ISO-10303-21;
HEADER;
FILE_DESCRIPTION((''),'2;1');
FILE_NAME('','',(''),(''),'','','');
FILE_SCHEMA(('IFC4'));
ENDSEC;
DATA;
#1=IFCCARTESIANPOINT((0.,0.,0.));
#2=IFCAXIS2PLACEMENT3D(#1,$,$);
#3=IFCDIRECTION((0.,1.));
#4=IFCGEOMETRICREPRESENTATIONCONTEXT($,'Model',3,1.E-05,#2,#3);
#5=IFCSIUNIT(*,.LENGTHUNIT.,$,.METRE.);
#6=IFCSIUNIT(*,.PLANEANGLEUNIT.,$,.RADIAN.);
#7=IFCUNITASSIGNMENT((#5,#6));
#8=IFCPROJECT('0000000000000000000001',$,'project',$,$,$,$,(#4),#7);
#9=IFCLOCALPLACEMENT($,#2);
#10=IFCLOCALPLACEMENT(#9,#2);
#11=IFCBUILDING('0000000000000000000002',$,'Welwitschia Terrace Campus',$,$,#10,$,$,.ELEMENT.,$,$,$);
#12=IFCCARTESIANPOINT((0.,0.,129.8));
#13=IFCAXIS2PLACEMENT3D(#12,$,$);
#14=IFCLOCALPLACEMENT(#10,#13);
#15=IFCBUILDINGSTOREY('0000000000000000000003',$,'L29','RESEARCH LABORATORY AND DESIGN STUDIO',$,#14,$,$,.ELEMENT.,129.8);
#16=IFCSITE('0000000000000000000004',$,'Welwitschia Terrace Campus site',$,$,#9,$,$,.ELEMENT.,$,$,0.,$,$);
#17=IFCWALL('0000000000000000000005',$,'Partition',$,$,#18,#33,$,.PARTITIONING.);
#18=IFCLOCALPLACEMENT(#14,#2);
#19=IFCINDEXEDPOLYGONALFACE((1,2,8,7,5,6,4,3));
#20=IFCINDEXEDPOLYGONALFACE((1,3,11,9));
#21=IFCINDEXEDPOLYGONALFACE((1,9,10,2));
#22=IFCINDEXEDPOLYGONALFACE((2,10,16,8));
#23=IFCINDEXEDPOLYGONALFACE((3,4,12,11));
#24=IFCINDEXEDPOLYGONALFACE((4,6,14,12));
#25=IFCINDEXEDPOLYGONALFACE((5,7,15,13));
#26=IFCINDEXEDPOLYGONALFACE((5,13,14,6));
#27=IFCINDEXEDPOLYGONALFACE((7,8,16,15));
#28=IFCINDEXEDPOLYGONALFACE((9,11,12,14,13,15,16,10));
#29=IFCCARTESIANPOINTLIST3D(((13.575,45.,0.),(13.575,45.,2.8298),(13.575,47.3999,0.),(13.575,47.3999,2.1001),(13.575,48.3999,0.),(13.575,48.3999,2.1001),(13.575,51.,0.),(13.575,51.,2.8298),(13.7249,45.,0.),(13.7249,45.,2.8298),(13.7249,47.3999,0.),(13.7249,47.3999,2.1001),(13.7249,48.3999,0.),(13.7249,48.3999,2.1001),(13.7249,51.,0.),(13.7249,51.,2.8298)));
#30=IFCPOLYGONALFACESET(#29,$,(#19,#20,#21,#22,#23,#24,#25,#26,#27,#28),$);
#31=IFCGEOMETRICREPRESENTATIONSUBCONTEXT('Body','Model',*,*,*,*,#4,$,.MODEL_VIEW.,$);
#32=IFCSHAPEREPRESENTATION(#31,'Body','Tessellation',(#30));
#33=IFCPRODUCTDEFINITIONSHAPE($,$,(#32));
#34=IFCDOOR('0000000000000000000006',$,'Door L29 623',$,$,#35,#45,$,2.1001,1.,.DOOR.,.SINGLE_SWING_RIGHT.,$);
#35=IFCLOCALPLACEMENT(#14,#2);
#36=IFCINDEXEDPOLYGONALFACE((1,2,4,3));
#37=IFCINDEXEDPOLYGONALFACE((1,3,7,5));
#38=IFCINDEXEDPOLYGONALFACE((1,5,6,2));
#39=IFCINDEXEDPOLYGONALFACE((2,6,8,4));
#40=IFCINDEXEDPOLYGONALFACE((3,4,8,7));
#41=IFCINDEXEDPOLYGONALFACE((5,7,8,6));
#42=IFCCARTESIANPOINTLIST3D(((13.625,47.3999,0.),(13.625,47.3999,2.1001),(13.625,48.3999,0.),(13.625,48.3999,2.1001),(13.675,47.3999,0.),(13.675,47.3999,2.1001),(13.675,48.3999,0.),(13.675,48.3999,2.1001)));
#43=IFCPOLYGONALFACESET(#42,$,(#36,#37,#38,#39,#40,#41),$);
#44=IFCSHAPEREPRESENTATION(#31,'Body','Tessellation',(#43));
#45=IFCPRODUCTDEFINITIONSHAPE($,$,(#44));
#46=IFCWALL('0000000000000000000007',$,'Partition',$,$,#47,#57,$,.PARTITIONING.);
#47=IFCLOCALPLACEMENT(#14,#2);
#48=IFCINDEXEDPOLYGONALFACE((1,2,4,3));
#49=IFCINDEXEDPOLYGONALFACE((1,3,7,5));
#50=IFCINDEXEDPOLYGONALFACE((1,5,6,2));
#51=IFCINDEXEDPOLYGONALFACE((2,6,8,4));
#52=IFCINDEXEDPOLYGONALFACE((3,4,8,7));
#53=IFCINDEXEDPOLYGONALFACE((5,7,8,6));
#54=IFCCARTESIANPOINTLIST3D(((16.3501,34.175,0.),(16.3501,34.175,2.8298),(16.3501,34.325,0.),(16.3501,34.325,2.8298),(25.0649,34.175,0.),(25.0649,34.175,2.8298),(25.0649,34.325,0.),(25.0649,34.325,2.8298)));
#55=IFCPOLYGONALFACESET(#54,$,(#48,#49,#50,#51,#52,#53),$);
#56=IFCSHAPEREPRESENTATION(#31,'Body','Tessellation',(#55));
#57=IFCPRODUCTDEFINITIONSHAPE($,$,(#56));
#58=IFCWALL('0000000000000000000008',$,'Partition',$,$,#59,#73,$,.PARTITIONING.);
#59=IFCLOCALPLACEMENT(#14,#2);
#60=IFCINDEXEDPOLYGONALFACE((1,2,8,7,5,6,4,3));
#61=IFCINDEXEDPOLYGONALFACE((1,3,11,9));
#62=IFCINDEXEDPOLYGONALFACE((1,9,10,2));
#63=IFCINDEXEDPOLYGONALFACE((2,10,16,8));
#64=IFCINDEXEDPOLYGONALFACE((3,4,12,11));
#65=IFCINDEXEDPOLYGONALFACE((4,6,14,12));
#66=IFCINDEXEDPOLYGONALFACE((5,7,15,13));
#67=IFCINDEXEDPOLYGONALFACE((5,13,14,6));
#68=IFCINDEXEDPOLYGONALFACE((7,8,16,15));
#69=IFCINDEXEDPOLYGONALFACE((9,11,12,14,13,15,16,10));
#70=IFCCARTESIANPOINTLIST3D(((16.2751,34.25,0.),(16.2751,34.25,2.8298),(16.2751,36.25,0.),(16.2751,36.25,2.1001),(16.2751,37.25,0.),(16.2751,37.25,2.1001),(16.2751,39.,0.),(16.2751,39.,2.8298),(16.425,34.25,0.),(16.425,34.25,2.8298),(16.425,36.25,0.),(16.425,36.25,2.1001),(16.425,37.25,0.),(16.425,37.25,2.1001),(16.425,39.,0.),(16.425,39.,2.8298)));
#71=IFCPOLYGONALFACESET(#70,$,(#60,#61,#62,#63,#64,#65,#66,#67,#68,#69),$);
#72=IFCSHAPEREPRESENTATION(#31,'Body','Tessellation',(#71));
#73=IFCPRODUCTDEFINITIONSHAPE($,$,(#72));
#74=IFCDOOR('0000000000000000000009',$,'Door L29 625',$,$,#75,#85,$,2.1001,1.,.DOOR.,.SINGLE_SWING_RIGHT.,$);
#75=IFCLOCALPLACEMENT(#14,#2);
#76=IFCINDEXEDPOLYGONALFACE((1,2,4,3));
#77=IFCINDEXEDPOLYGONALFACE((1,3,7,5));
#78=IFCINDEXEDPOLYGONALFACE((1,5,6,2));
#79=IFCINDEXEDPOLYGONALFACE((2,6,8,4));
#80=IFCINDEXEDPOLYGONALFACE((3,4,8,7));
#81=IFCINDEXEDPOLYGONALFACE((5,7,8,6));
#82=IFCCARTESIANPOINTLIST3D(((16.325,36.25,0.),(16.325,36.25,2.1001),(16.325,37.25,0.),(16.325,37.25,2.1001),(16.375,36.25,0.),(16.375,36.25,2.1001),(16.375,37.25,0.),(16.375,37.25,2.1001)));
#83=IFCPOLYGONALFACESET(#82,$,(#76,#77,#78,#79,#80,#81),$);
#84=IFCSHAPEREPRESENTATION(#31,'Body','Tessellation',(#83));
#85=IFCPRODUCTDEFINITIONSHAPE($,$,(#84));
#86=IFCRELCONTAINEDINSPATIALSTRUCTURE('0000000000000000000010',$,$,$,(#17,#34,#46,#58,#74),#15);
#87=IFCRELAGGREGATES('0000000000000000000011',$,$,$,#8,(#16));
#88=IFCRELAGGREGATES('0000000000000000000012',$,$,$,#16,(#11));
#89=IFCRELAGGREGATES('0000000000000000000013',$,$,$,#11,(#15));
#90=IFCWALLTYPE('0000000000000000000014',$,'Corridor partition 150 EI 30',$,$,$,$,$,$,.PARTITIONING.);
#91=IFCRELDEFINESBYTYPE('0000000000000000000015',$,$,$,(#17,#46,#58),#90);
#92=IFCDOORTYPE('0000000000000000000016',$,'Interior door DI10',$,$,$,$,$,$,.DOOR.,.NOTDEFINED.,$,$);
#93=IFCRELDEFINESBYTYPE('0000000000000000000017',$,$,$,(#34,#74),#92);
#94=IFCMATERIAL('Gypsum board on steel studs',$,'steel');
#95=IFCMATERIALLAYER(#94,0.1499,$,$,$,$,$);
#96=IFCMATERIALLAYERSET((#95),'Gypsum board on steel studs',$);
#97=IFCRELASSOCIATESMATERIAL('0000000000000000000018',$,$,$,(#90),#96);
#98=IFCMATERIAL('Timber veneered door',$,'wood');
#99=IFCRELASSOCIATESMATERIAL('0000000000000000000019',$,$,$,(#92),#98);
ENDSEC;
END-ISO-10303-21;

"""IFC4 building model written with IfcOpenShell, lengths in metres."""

from ifc_helpers import new_model, si_unit, direction, frame, frame_2d, origin, place, context, subcontext, project, spatial, rectangle, extrude, material, layer, layer_set, type_object, element, fill, save


model = new_model("IFC4")

# Units and contexts
model_context = context("Model", 3, precision=1e-05, world=origin(), true_north=direction((0.0, 1.0)))
body_context = subcontext(model_context, "Body", "Model", "MODEL_VIEW")
ifc_project = project(units=[si_unit("LENGTHUNIT", "METRE"), si_unit("PLANEANGLEUNIT", "RADIAN")], contexts=[model_context])

# Site, building, storey
site_placement = place(None, origin())
site = spatial("IfcSite", under=ifc_project, at=site_placement, Name="Welwitschia Terrace Campus site", CompositionType="ELEMENT", RefElevation=0.0)
building_placement = place(site_placement, origin())
building = spatial("IfcBuilding", under=site, at=building_placement, Name="Welwitschia Terrace Campus", CompositionType="ELEMENT")
storey_placement = place(building_placement, frame((0.0, 0.0, 129.8)))
storey = spatial("IfcBuildingStorey", under=building, at=storey_placement, Name="L29", Description="RESEARCH LABORATORY AND DESIGN STUDIO", CompositionType="ELEMENT", Elevation=129.8)

# Shared definitions
ifc_material_1 = material(Name="Gypsum board on steel studs", Category="steel")
ifc_layer_1 = layer(ifc_material_1, 0.1499)
ifc_layer_set_1 = layer_set([ifc_layer_1], Name="Gypsum board on steel studs")
wall_type = type_object("IfcWallType", Name="Corridor partition 150 EI 30", PredefinedType="PARTITIONING", material=ifc_layer_set_1)

# Wall, opening, door
ifc_material_2 = material(Name="Timber veneered door", Category="wood")
door_type_1 = type_object("IfcDoorType", Name="Interior door DI10", OperationType="NOTDEFINED", PredefinedType="DOOR", material=ifc_material_2)
wall_1_placement = place(storey_placement, frame((13.6499, 45.0, 0.0), z_axis=(0.0, 0.0, 1.0), x_axis=(0.0, 1.0, 0.0)))
wall_1 = element("IfcWall", 1, at=wall_1_placement, inside=storey, type_object=wall_type, Name="Partition", PredefinedType="PARTITIONING", context=body_context, shape_type="SweptSolid", body=[
    extrude(rectangle(XDim=6.0, YDim=0.1499, at=frame_2d((3.0, 0.0))), origin(), (0.0, 0.0, 1.0), 2.8298),
])
opening_1_placement = place(wall_1_placement, frame((2.3999, 0.0, 0.0)))
opening_1 = element("IfcOpeningElement", 2, at=opening_1_placement, cuts=wall_1, PredefinedType="OPENING", context=body_context, shape_type="SweptSolid", body=[
    extrude(rectangle(XDim=1.0, YDim=2.1001, at=frame_2d((0.5, 1.05))), frame((0.0, 0.085, 0.0), z_axis=(0.0, -1.0, 0.0), x_axis=(1.0, 0.0, 0.0)), (0.0, 0.0, 1.0), 0.1699),
])
door_1_placement = place(opening_1_placement, origin())
door_1 = element("IfcDoor", 3, at=door_1_placement, inside=storey, type_object=door_type_1, Name="Door L29 623", OperationType="SINGLE_SWING_RIGHT", OverallHeight=2.1001, OverallWidth=1.0, PredefinedType="DOOR", context=body_context, shape_type="SweptSolid", body=[
    extrude(rectangle(XDim=1.0, YDim=2.1001, at=frame_2d((0.5, 1.05))), frame((0.0, 0.0249, 0.0), z_axis=(0.0, -1.0, 0.0), x_axis=(1.0, 0.0, 0.0)), (0.0, 0.0, 1.0), 0.05),
])
fill(opening_1, door_1)

# Wall
wall_2_placement = place(storey_placement, frame((16.3501, 34.25, 0.0), z_axis=(0.0, 0.0, 1.0), x_axis=(1.0, 0.0, 0.0)))
element("IfcWall", 4, at=wall_2_placement, inside=storey, type_object=wall_type, Name="Partition", PredefinedType="PARTITIONING", context=body_context, shape_type="SweptSolid", body=[
    extrude(rectangle(XDim=8.7148, YDim=0.1499, at=frame_2d((4.3574, 0.0))), origin(), (0.0, 0.0, 1.0), 2.8298),
])

# Wall, opening, door
wall_3_placement = place(storey_placement, frame((16.3501, 39.0, 0.0), z_axis=(0.0, 0.0, 1.0), x_axis=(0.0, -1.0, 0.0)))
wall_3 = element("IfcWall", 5, at=wall_3_placement, inside=storey, type_object=wall_type, Name="Partition", PredefinedType="PARTITIONING", context=body_context, shape_type="SweptSolid", body=[
    extrude(rectangle(XDim=4.75, YDim=0.1499, at=frame_2d((2.375, 0.0))), origin(), (0.0, 0.0, 1.0), 2.8298),
])
opening_2_placement = place(wall_3_placement, frame((1.75, 0.0, 0.0)))
opening_2 = element("IfcOpeningElement", 6, at=opening_2_placement, cuts=wall_3, PredefinedType="OPENING", context=body_context, shape_type="SweptSolid", body=[
    extrude(rectangle(XDim=1.0, YDim=2.1001, at=frame_2d((0.5, 1.05))), frame((0.0, 0.085, 0.0), z_axis=(0.0, -1.0, 0.0), x_axis=(1.0, 0.0, 0.0)), (0.0, 0.0, 1.0), 0.1699),
])
door_2_placement = place(opening_2_placement, origin())
door_2 = element("IfcDoor", 7, at=door_2_placement, inside=storey, type_object=door_type_1, Name="Door L29 625", OperationType="SINGLE_SWING_RIGHT", OverallHeight=2.1001, OverallWidth=1.0, PredefinedType="DOOR", context=body_context, shape_type="SweptSolid", body=[
    extrude(rectangle(XDim=1.0, YDim=2.1001, at=frame_2d((0.5, 1.05))), frame((0.0, 0.0249, 0.0), z_axis=(0.0, -1.0, 0.0), x_axis=(1.0, 0.0, 0.0)), (0.0, 0.0, 1.0), 0.05),
])
fill(opening_2, door_2)

save(model, "model.ifc")
